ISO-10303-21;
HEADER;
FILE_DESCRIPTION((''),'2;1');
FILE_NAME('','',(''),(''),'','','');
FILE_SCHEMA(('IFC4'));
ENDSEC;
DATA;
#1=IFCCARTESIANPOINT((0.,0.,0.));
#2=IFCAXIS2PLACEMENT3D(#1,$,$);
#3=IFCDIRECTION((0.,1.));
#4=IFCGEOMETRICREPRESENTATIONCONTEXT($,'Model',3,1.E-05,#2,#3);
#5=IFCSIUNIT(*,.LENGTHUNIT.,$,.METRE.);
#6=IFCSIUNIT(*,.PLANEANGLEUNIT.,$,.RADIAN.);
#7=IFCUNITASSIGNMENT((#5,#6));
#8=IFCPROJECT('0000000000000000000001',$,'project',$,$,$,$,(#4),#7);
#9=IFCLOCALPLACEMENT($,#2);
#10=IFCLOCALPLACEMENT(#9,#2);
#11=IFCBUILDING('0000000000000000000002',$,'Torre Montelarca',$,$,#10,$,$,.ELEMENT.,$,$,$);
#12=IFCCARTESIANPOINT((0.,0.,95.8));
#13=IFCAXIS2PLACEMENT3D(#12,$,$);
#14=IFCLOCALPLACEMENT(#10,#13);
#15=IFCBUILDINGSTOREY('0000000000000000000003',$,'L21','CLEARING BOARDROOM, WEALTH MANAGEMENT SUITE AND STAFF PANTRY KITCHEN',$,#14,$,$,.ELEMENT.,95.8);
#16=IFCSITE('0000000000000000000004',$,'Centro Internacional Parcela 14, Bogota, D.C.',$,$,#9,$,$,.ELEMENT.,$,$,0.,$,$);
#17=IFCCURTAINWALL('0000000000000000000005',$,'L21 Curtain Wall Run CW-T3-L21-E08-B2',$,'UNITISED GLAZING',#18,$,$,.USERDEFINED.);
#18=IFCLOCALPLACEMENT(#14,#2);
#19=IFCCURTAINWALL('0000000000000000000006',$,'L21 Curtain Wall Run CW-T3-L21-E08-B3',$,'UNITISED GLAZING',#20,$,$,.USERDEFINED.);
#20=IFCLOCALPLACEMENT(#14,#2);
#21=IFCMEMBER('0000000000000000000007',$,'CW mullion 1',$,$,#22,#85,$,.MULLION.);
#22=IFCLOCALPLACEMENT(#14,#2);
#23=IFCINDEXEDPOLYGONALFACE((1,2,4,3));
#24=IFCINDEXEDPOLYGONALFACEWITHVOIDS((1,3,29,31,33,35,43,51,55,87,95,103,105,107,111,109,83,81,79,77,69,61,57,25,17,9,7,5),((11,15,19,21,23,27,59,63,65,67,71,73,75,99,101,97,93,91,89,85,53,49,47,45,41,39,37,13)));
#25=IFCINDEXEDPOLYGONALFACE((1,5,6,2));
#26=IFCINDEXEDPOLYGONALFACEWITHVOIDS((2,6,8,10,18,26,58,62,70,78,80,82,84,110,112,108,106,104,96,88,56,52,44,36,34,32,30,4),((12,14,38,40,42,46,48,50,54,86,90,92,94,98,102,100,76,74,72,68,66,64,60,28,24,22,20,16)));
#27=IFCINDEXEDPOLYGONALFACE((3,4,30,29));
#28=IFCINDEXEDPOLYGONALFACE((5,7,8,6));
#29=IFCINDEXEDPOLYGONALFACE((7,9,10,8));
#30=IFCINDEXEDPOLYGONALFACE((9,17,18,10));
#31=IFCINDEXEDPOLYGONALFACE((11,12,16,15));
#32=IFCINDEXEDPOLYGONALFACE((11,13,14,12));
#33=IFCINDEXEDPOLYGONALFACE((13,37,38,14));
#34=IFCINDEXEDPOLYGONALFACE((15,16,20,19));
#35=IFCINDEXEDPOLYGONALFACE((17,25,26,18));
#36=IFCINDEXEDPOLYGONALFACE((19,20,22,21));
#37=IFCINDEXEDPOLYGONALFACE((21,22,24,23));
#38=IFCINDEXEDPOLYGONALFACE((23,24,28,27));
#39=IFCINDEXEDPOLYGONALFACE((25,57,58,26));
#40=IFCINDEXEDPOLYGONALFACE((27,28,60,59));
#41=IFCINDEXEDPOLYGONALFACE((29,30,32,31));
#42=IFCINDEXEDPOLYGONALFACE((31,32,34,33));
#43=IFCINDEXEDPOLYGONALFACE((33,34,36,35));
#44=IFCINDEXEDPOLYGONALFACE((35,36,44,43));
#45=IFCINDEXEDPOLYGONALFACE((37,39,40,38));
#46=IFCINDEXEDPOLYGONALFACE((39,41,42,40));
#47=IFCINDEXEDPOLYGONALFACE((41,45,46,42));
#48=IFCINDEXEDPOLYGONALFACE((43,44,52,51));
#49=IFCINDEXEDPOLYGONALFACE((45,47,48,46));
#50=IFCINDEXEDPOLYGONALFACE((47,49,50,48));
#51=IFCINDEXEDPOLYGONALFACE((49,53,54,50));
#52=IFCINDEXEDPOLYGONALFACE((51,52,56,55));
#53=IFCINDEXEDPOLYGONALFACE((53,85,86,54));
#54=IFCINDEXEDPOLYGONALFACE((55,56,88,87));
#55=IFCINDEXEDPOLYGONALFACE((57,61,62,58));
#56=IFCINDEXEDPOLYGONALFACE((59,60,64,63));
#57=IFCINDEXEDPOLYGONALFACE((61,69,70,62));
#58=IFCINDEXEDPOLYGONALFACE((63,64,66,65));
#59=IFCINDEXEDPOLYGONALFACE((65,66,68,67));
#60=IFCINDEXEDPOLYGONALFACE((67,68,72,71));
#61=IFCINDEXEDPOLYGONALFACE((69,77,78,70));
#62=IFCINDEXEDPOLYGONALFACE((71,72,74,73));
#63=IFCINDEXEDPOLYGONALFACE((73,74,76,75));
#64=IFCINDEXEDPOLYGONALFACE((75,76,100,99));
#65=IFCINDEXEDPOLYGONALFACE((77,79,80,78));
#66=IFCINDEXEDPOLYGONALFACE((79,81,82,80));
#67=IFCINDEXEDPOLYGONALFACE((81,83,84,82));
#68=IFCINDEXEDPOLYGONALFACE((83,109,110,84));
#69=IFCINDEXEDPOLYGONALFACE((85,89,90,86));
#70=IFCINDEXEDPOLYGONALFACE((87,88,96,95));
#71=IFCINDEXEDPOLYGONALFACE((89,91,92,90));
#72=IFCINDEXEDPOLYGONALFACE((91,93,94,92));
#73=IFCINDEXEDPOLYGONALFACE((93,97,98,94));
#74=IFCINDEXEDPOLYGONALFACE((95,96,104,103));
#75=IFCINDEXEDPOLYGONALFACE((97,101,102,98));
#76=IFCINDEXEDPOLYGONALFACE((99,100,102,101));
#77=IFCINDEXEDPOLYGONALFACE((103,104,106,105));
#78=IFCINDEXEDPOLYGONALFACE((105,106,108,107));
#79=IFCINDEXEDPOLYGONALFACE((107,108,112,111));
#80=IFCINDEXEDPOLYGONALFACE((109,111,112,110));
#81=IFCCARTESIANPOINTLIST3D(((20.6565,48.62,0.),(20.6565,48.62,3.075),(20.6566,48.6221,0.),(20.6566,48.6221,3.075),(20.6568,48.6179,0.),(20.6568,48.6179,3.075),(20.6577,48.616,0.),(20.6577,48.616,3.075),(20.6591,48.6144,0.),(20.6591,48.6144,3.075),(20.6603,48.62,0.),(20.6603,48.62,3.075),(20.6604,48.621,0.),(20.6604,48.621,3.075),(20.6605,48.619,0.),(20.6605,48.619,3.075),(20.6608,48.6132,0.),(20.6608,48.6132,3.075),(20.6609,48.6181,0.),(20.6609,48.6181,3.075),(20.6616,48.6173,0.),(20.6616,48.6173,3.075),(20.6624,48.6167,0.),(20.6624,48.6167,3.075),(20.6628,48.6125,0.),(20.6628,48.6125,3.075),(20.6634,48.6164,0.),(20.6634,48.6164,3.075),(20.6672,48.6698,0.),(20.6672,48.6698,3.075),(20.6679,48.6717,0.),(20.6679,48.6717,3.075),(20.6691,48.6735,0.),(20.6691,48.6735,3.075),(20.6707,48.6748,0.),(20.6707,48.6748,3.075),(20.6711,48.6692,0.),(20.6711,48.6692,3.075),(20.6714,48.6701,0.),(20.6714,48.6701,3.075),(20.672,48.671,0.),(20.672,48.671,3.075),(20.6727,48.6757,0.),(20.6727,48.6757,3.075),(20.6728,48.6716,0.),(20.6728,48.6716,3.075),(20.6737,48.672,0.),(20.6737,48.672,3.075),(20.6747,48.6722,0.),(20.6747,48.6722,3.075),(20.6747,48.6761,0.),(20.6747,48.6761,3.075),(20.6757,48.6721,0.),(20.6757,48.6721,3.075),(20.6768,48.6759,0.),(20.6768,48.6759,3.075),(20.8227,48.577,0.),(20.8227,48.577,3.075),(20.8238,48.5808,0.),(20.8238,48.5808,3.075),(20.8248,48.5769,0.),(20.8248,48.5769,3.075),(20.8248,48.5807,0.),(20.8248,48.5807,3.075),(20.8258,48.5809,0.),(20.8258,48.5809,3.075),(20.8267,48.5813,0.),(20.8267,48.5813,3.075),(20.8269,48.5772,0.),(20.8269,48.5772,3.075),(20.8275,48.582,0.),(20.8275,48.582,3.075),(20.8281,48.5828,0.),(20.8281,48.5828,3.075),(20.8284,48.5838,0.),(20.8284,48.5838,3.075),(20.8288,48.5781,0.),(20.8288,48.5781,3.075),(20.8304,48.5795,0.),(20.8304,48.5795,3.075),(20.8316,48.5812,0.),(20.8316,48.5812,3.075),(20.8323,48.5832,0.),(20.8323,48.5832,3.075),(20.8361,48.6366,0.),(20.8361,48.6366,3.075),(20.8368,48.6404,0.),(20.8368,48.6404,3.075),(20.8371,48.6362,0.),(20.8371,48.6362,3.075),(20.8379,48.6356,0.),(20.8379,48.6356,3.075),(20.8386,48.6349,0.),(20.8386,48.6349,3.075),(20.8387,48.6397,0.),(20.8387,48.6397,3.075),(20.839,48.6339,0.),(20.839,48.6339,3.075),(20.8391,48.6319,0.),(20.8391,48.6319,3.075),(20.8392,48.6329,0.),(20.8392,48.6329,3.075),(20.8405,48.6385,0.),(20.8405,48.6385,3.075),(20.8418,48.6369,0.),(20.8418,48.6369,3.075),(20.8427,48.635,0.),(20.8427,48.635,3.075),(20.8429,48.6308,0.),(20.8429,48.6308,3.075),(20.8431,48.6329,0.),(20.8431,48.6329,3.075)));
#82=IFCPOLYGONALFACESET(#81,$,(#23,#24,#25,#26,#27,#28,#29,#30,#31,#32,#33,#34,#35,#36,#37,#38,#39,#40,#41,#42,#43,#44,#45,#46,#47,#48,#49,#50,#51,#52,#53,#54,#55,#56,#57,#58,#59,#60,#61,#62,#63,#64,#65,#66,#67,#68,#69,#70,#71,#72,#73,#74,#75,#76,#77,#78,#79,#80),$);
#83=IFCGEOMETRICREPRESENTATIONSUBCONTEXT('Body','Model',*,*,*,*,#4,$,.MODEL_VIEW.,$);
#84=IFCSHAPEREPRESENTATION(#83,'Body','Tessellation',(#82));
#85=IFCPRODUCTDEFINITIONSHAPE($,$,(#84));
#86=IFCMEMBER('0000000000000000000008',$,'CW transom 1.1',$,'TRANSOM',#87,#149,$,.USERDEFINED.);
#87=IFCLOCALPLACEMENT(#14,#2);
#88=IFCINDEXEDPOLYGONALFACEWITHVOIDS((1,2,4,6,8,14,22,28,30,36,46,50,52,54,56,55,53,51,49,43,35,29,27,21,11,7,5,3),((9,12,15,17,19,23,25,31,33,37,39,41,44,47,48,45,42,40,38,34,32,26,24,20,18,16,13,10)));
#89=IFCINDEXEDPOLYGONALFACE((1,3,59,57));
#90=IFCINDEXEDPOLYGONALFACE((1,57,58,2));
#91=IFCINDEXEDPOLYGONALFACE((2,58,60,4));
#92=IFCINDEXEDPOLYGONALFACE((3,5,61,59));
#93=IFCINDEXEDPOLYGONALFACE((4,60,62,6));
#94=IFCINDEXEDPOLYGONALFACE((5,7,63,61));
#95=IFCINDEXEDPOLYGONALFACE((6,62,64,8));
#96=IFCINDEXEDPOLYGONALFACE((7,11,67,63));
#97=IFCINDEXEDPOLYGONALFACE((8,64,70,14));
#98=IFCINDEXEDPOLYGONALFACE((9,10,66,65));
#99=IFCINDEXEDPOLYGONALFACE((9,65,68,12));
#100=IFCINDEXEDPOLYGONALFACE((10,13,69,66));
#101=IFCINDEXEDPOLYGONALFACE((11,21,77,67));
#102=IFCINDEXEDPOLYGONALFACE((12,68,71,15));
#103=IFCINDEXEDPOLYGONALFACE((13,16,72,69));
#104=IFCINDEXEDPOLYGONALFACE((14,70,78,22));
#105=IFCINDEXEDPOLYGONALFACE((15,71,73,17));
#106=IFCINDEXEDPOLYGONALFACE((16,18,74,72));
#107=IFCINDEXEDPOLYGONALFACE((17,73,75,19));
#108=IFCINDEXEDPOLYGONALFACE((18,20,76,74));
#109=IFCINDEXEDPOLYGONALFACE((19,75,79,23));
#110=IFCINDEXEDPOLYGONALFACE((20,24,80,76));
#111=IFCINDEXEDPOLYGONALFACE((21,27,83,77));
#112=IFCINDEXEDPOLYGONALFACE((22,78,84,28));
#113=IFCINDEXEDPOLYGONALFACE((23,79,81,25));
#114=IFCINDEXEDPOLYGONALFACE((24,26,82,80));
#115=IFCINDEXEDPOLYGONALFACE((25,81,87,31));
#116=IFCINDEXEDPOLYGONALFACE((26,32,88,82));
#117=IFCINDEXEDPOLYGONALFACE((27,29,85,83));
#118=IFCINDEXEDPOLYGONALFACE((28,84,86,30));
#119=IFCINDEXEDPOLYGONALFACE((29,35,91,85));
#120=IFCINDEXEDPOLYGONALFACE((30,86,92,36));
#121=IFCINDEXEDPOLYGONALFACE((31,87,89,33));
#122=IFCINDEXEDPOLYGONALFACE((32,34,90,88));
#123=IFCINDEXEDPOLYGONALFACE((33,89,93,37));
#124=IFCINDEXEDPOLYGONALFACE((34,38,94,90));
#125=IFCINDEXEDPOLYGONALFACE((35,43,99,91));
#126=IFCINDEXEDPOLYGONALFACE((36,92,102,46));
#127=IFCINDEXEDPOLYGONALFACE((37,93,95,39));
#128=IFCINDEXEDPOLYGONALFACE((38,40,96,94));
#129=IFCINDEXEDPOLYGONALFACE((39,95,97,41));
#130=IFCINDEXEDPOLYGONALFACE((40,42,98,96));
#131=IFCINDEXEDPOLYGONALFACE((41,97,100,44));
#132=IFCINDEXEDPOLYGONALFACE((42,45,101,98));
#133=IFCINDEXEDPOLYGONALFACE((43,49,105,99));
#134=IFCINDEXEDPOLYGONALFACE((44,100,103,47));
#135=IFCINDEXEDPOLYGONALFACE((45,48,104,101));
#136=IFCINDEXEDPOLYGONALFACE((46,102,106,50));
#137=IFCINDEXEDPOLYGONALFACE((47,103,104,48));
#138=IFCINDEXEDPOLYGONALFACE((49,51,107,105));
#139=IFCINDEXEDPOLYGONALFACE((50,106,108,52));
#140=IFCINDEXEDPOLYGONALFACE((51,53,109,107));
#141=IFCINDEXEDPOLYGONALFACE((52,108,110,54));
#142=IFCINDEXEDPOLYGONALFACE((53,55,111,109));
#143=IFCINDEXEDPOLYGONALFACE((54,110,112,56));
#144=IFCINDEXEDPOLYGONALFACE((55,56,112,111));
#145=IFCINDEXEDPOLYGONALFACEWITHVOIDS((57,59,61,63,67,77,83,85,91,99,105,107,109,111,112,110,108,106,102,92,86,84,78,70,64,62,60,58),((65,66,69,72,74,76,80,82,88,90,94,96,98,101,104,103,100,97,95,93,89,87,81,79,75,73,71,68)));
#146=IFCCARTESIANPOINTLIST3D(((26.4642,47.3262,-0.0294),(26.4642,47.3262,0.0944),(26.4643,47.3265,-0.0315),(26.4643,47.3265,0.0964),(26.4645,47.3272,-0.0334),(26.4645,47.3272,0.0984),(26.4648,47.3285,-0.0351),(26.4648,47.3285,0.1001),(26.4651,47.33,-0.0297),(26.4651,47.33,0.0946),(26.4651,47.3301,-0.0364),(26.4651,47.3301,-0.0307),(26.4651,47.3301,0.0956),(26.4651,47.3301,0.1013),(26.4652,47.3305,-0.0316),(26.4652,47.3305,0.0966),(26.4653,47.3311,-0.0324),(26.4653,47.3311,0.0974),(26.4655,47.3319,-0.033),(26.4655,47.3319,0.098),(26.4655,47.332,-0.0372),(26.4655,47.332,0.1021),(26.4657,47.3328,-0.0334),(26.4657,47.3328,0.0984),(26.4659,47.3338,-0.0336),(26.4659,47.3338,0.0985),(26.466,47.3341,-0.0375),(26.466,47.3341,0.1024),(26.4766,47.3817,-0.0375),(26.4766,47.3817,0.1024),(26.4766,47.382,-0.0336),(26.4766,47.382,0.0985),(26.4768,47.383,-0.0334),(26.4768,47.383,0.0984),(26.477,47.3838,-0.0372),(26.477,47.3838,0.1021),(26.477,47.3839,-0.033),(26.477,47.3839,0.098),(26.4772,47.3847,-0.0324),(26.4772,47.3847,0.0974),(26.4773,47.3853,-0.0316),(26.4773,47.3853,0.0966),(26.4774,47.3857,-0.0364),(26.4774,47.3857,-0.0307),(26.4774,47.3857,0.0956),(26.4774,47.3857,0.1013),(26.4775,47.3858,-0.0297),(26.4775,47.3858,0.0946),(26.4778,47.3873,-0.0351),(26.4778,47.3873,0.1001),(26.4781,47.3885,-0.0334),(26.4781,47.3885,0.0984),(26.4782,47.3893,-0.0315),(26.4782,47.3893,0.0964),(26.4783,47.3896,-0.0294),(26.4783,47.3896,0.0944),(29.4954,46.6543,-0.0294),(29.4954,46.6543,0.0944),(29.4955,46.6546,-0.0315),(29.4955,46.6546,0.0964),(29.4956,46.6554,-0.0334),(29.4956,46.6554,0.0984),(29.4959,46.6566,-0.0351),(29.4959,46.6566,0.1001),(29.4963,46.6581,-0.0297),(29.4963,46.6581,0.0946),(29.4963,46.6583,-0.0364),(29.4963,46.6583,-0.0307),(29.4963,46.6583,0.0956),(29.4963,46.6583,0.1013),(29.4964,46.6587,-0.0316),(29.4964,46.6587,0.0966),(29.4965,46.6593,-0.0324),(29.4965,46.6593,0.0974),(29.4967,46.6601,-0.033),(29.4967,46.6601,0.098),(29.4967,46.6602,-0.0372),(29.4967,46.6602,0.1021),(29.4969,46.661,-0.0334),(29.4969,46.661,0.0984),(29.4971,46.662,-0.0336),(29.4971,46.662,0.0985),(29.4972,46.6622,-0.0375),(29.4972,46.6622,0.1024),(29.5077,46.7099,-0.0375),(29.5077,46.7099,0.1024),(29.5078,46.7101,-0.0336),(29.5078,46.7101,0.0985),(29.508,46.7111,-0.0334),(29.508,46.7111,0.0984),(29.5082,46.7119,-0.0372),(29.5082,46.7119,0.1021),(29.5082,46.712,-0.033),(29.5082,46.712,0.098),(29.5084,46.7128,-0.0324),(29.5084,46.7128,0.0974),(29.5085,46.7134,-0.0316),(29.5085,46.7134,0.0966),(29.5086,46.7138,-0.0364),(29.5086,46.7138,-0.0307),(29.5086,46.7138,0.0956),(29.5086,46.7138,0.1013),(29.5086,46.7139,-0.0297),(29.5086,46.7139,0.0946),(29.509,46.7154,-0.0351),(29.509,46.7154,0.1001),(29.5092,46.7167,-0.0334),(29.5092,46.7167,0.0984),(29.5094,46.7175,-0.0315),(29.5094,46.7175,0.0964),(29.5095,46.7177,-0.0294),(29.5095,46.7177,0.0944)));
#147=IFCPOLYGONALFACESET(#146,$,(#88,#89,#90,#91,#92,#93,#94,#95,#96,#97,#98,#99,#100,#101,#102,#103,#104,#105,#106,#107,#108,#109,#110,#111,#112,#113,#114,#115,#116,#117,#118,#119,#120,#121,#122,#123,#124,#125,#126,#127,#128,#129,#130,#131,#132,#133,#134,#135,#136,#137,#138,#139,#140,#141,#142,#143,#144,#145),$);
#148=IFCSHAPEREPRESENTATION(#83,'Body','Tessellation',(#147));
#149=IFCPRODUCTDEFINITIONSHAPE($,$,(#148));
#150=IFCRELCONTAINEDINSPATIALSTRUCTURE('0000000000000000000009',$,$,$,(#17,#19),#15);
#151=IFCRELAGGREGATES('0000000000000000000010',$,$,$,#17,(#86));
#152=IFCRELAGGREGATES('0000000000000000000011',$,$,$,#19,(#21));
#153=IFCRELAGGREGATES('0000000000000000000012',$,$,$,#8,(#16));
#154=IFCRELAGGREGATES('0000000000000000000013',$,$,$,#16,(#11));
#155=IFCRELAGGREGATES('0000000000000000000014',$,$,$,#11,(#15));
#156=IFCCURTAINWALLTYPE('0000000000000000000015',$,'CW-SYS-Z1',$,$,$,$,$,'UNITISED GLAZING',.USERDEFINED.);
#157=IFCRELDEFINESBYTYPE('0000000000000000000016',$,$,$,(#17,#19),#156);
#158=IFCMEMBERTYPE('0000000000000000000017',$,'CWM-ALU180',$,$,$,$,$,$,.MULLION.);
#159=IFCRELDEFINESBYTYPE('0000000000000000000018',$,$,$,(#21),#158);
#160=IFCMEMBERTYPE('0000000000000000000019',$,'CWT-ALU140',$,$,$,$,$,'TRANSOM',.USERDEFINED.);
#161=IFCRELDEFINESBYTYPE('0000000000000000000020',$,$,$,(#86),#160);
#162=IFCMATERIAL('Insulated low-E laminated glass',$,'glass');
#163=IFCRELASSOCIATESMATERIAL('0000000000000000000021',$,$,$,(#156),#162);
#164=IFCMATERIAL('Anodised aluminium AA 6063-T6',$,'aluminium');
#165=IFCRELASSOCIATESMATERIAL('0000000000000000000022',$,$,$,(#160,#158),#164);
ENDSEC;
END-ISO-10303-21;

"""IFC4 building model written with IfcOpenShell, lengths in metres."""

from ifc_helpers import new_model, si_unit, direction, frame, origin, origin_2d, place, context, subcontext, project, spatial, hollow_rectangle, extrude, source, transform, mapped, material, material_profile, profile_set, type_object, element, aggregate, save


model = new_model("IFC4")

# Units and contexts
model_context = context("Model", 3, precision=1e-05, world=origin(), true_north=direction((0.0, 1.0)))
body_context = subcontext(model_context, "Body", "Model", "MODEL_VIEW")
ifc_project = project(units=[si_unit("LENGTHUNIT", "METRE"), si_unit("PLANEANGLEUNIT", "RADIAN")], contexts=[model_context])

# Site, building, storey
site_placement = place(None, origin())
site = spatial("IfcSite", under=ifc_project, at=site_placement, Name="Centro Internacional Parcela 14, Bogota, D.C.", CompositionType="ELEMENT", RefElevation=0.0)
building_placement = place(site_placement, origin())
building = spatial("IfcBuilding", under=site, at=building_placement, Name="Torre Montelarca", CompositionType="ELEMENT")
storey_placement = place(building_placement, frame((0.0, 0.0, 95.8)))
storey = spatial("IfcBuildingStorey", under=building, at=storey_placement, Name="L21", Description="CLEARING BOARDROOM, WEALTH MANAGEMENT SUITE AND STAFF PANTRY KITCHEN", CompositionType="ELEMENT", Elevation=95.8)

# Curtain walls
ifc_material_1 = material(Name="Insulated low-E laminated glass", Category="glass")
curtain_wall_type = type_object("IfcCurtainWallType", Name="CW-SYS-Z1", ElementType="UNITISED GLAZING", PredefinedType="USERDEFINED", material=ifc_material_1)
curtain_wall_1_placement = place(storey_placement, origin())
curtain_wall_1 = element("IfcCurtainWall", 1, at=curtain_wall_1_placement, inside=storey, type_object=curtain_wall_type, Name="L21 Curtain Wall Run CW-T3-L21-E08-B2", ObjectType="UNITISED GLAZING", PredefinedType="USERDEFINED")
ifc_material_2 = material(Name="Anodised aluminium AA 6063-T6", Category="aluminium")
ifc_material_profile_1 = material_profile(ifc_material_2, hollow_rectangle(XDim=0.0649, YDim=0.1399, WallThickness=0.0039, InnerFilletRadius=0.0039, OuterFilletRadius=0.0081, at=origin_2d()), Name="ALU65X140X4", Category="aluminium")
ifc_profile_set_1 = profile_set([ifc_material_profile_1], Name="Anodised aluminium AA 6063-T6")
member_type_1 = type_object("IfcMemberType", Name="CWT-ALU140", ElementType="TRANSOM", PredefinedType="USERDEFINED", material=ifc_profile_set_1)
curtain_wall_2_placement = place(storey_placement, origin())
curtain_wall_2 = element("IfcCurtainWall", 2, at=curtain_wall_2_placement, inside=storey, type_object=curtain_wall_type, Name="L21 Curtain Wall Run CW-T3-L21-E08-B3", ObjectType="UNITISED GLAZING", PredefinedType="USERDEFINED")

# Shared definitions
ifc_material_profile_2 = material_profile(ifc_material_2, hollow_rectangle(XDim=0.0649, YDim=0.1799, WallThickness=0.0039, InnerFilletRadius=0.0039, OuterFilletRadius=0.0081, at=origin_2d()), Name="ALU65X180X4", Category="aluminium")
ifc_profile_set_2 = profile_set([ifc_material_profile_2], Name="Anodised aluminium AA 6063-T6")
member_type_2 = type_object("IfcMemberType", Name="CWM-ALU180", PredefinedType="MULLION", material=ifc_profile_set_2)
shared_shape_1 = source(origin(), body_context, "Body", "SweptSolid", [
    extrude(hollow_rectangle(XDim=0.0649, YDim=0.1799, WallThickness=0.0039, InnerFilletRadius=0.0039, OuterFilletRadius=0.0081, at=origin_2d()), origin(), (0.0, 0.0, 1.0), 3.075),
])

# Members
member_1_placement = place(storey_placement, frame((20.7498, 48.6265, 0.0), z_axis=(0.0, 0.0, 1.0), x_axis=(-0.216451, -0.976294, 0.0)))
member_1 = element("IfcMember", 3, at=member_1_placement, type_object=member_type_2, Name="CW mullion 1", PredefinedType="MULLION", context=body_context, shape_type="MappedRepresentation", body=[
    mapped(shared_shape_1, transform((0.0, 0.0, 0.0), scale=1.0)),
])
shared_shape_2 = source(origin(), body_context, "Body", "SweptSolid", [
    extrude(hollow_rectangle(XDim=0.0649, YDim=0.1399, WallThickness=0.0039, InnerFilletRadius=0.0039, OuterFilletRadius=0.0081, at=origin_2d()), origin(), (0.0, 0.0, 1.0), 3.1047),
])
member_2_placement = place(storey_placement, frame((29.5024, 46.686, 0.0325), z_axis=(-0.976305, 0.216398, 0.0), x_axis=(-0.216398, -0.976305, 0.0)))
member_2 = element("IfcMember", 4, at=member_2_placement, type_object=member_type_1, Name="CW transom 1.1", ObjectType="TRANSOM", PredefinedType="USERDEFINED", context=body_context, shape_type="MappedRepresentation", body=[
    mapped(shared_shape_2, transform((0.0, 0.0, 0.0), scale=1.0)),
])

aggregate(curtain_wall_1, [member_2])
aggregate(curtain_wall_2, [member_1])

save(model, "model.ifc")
